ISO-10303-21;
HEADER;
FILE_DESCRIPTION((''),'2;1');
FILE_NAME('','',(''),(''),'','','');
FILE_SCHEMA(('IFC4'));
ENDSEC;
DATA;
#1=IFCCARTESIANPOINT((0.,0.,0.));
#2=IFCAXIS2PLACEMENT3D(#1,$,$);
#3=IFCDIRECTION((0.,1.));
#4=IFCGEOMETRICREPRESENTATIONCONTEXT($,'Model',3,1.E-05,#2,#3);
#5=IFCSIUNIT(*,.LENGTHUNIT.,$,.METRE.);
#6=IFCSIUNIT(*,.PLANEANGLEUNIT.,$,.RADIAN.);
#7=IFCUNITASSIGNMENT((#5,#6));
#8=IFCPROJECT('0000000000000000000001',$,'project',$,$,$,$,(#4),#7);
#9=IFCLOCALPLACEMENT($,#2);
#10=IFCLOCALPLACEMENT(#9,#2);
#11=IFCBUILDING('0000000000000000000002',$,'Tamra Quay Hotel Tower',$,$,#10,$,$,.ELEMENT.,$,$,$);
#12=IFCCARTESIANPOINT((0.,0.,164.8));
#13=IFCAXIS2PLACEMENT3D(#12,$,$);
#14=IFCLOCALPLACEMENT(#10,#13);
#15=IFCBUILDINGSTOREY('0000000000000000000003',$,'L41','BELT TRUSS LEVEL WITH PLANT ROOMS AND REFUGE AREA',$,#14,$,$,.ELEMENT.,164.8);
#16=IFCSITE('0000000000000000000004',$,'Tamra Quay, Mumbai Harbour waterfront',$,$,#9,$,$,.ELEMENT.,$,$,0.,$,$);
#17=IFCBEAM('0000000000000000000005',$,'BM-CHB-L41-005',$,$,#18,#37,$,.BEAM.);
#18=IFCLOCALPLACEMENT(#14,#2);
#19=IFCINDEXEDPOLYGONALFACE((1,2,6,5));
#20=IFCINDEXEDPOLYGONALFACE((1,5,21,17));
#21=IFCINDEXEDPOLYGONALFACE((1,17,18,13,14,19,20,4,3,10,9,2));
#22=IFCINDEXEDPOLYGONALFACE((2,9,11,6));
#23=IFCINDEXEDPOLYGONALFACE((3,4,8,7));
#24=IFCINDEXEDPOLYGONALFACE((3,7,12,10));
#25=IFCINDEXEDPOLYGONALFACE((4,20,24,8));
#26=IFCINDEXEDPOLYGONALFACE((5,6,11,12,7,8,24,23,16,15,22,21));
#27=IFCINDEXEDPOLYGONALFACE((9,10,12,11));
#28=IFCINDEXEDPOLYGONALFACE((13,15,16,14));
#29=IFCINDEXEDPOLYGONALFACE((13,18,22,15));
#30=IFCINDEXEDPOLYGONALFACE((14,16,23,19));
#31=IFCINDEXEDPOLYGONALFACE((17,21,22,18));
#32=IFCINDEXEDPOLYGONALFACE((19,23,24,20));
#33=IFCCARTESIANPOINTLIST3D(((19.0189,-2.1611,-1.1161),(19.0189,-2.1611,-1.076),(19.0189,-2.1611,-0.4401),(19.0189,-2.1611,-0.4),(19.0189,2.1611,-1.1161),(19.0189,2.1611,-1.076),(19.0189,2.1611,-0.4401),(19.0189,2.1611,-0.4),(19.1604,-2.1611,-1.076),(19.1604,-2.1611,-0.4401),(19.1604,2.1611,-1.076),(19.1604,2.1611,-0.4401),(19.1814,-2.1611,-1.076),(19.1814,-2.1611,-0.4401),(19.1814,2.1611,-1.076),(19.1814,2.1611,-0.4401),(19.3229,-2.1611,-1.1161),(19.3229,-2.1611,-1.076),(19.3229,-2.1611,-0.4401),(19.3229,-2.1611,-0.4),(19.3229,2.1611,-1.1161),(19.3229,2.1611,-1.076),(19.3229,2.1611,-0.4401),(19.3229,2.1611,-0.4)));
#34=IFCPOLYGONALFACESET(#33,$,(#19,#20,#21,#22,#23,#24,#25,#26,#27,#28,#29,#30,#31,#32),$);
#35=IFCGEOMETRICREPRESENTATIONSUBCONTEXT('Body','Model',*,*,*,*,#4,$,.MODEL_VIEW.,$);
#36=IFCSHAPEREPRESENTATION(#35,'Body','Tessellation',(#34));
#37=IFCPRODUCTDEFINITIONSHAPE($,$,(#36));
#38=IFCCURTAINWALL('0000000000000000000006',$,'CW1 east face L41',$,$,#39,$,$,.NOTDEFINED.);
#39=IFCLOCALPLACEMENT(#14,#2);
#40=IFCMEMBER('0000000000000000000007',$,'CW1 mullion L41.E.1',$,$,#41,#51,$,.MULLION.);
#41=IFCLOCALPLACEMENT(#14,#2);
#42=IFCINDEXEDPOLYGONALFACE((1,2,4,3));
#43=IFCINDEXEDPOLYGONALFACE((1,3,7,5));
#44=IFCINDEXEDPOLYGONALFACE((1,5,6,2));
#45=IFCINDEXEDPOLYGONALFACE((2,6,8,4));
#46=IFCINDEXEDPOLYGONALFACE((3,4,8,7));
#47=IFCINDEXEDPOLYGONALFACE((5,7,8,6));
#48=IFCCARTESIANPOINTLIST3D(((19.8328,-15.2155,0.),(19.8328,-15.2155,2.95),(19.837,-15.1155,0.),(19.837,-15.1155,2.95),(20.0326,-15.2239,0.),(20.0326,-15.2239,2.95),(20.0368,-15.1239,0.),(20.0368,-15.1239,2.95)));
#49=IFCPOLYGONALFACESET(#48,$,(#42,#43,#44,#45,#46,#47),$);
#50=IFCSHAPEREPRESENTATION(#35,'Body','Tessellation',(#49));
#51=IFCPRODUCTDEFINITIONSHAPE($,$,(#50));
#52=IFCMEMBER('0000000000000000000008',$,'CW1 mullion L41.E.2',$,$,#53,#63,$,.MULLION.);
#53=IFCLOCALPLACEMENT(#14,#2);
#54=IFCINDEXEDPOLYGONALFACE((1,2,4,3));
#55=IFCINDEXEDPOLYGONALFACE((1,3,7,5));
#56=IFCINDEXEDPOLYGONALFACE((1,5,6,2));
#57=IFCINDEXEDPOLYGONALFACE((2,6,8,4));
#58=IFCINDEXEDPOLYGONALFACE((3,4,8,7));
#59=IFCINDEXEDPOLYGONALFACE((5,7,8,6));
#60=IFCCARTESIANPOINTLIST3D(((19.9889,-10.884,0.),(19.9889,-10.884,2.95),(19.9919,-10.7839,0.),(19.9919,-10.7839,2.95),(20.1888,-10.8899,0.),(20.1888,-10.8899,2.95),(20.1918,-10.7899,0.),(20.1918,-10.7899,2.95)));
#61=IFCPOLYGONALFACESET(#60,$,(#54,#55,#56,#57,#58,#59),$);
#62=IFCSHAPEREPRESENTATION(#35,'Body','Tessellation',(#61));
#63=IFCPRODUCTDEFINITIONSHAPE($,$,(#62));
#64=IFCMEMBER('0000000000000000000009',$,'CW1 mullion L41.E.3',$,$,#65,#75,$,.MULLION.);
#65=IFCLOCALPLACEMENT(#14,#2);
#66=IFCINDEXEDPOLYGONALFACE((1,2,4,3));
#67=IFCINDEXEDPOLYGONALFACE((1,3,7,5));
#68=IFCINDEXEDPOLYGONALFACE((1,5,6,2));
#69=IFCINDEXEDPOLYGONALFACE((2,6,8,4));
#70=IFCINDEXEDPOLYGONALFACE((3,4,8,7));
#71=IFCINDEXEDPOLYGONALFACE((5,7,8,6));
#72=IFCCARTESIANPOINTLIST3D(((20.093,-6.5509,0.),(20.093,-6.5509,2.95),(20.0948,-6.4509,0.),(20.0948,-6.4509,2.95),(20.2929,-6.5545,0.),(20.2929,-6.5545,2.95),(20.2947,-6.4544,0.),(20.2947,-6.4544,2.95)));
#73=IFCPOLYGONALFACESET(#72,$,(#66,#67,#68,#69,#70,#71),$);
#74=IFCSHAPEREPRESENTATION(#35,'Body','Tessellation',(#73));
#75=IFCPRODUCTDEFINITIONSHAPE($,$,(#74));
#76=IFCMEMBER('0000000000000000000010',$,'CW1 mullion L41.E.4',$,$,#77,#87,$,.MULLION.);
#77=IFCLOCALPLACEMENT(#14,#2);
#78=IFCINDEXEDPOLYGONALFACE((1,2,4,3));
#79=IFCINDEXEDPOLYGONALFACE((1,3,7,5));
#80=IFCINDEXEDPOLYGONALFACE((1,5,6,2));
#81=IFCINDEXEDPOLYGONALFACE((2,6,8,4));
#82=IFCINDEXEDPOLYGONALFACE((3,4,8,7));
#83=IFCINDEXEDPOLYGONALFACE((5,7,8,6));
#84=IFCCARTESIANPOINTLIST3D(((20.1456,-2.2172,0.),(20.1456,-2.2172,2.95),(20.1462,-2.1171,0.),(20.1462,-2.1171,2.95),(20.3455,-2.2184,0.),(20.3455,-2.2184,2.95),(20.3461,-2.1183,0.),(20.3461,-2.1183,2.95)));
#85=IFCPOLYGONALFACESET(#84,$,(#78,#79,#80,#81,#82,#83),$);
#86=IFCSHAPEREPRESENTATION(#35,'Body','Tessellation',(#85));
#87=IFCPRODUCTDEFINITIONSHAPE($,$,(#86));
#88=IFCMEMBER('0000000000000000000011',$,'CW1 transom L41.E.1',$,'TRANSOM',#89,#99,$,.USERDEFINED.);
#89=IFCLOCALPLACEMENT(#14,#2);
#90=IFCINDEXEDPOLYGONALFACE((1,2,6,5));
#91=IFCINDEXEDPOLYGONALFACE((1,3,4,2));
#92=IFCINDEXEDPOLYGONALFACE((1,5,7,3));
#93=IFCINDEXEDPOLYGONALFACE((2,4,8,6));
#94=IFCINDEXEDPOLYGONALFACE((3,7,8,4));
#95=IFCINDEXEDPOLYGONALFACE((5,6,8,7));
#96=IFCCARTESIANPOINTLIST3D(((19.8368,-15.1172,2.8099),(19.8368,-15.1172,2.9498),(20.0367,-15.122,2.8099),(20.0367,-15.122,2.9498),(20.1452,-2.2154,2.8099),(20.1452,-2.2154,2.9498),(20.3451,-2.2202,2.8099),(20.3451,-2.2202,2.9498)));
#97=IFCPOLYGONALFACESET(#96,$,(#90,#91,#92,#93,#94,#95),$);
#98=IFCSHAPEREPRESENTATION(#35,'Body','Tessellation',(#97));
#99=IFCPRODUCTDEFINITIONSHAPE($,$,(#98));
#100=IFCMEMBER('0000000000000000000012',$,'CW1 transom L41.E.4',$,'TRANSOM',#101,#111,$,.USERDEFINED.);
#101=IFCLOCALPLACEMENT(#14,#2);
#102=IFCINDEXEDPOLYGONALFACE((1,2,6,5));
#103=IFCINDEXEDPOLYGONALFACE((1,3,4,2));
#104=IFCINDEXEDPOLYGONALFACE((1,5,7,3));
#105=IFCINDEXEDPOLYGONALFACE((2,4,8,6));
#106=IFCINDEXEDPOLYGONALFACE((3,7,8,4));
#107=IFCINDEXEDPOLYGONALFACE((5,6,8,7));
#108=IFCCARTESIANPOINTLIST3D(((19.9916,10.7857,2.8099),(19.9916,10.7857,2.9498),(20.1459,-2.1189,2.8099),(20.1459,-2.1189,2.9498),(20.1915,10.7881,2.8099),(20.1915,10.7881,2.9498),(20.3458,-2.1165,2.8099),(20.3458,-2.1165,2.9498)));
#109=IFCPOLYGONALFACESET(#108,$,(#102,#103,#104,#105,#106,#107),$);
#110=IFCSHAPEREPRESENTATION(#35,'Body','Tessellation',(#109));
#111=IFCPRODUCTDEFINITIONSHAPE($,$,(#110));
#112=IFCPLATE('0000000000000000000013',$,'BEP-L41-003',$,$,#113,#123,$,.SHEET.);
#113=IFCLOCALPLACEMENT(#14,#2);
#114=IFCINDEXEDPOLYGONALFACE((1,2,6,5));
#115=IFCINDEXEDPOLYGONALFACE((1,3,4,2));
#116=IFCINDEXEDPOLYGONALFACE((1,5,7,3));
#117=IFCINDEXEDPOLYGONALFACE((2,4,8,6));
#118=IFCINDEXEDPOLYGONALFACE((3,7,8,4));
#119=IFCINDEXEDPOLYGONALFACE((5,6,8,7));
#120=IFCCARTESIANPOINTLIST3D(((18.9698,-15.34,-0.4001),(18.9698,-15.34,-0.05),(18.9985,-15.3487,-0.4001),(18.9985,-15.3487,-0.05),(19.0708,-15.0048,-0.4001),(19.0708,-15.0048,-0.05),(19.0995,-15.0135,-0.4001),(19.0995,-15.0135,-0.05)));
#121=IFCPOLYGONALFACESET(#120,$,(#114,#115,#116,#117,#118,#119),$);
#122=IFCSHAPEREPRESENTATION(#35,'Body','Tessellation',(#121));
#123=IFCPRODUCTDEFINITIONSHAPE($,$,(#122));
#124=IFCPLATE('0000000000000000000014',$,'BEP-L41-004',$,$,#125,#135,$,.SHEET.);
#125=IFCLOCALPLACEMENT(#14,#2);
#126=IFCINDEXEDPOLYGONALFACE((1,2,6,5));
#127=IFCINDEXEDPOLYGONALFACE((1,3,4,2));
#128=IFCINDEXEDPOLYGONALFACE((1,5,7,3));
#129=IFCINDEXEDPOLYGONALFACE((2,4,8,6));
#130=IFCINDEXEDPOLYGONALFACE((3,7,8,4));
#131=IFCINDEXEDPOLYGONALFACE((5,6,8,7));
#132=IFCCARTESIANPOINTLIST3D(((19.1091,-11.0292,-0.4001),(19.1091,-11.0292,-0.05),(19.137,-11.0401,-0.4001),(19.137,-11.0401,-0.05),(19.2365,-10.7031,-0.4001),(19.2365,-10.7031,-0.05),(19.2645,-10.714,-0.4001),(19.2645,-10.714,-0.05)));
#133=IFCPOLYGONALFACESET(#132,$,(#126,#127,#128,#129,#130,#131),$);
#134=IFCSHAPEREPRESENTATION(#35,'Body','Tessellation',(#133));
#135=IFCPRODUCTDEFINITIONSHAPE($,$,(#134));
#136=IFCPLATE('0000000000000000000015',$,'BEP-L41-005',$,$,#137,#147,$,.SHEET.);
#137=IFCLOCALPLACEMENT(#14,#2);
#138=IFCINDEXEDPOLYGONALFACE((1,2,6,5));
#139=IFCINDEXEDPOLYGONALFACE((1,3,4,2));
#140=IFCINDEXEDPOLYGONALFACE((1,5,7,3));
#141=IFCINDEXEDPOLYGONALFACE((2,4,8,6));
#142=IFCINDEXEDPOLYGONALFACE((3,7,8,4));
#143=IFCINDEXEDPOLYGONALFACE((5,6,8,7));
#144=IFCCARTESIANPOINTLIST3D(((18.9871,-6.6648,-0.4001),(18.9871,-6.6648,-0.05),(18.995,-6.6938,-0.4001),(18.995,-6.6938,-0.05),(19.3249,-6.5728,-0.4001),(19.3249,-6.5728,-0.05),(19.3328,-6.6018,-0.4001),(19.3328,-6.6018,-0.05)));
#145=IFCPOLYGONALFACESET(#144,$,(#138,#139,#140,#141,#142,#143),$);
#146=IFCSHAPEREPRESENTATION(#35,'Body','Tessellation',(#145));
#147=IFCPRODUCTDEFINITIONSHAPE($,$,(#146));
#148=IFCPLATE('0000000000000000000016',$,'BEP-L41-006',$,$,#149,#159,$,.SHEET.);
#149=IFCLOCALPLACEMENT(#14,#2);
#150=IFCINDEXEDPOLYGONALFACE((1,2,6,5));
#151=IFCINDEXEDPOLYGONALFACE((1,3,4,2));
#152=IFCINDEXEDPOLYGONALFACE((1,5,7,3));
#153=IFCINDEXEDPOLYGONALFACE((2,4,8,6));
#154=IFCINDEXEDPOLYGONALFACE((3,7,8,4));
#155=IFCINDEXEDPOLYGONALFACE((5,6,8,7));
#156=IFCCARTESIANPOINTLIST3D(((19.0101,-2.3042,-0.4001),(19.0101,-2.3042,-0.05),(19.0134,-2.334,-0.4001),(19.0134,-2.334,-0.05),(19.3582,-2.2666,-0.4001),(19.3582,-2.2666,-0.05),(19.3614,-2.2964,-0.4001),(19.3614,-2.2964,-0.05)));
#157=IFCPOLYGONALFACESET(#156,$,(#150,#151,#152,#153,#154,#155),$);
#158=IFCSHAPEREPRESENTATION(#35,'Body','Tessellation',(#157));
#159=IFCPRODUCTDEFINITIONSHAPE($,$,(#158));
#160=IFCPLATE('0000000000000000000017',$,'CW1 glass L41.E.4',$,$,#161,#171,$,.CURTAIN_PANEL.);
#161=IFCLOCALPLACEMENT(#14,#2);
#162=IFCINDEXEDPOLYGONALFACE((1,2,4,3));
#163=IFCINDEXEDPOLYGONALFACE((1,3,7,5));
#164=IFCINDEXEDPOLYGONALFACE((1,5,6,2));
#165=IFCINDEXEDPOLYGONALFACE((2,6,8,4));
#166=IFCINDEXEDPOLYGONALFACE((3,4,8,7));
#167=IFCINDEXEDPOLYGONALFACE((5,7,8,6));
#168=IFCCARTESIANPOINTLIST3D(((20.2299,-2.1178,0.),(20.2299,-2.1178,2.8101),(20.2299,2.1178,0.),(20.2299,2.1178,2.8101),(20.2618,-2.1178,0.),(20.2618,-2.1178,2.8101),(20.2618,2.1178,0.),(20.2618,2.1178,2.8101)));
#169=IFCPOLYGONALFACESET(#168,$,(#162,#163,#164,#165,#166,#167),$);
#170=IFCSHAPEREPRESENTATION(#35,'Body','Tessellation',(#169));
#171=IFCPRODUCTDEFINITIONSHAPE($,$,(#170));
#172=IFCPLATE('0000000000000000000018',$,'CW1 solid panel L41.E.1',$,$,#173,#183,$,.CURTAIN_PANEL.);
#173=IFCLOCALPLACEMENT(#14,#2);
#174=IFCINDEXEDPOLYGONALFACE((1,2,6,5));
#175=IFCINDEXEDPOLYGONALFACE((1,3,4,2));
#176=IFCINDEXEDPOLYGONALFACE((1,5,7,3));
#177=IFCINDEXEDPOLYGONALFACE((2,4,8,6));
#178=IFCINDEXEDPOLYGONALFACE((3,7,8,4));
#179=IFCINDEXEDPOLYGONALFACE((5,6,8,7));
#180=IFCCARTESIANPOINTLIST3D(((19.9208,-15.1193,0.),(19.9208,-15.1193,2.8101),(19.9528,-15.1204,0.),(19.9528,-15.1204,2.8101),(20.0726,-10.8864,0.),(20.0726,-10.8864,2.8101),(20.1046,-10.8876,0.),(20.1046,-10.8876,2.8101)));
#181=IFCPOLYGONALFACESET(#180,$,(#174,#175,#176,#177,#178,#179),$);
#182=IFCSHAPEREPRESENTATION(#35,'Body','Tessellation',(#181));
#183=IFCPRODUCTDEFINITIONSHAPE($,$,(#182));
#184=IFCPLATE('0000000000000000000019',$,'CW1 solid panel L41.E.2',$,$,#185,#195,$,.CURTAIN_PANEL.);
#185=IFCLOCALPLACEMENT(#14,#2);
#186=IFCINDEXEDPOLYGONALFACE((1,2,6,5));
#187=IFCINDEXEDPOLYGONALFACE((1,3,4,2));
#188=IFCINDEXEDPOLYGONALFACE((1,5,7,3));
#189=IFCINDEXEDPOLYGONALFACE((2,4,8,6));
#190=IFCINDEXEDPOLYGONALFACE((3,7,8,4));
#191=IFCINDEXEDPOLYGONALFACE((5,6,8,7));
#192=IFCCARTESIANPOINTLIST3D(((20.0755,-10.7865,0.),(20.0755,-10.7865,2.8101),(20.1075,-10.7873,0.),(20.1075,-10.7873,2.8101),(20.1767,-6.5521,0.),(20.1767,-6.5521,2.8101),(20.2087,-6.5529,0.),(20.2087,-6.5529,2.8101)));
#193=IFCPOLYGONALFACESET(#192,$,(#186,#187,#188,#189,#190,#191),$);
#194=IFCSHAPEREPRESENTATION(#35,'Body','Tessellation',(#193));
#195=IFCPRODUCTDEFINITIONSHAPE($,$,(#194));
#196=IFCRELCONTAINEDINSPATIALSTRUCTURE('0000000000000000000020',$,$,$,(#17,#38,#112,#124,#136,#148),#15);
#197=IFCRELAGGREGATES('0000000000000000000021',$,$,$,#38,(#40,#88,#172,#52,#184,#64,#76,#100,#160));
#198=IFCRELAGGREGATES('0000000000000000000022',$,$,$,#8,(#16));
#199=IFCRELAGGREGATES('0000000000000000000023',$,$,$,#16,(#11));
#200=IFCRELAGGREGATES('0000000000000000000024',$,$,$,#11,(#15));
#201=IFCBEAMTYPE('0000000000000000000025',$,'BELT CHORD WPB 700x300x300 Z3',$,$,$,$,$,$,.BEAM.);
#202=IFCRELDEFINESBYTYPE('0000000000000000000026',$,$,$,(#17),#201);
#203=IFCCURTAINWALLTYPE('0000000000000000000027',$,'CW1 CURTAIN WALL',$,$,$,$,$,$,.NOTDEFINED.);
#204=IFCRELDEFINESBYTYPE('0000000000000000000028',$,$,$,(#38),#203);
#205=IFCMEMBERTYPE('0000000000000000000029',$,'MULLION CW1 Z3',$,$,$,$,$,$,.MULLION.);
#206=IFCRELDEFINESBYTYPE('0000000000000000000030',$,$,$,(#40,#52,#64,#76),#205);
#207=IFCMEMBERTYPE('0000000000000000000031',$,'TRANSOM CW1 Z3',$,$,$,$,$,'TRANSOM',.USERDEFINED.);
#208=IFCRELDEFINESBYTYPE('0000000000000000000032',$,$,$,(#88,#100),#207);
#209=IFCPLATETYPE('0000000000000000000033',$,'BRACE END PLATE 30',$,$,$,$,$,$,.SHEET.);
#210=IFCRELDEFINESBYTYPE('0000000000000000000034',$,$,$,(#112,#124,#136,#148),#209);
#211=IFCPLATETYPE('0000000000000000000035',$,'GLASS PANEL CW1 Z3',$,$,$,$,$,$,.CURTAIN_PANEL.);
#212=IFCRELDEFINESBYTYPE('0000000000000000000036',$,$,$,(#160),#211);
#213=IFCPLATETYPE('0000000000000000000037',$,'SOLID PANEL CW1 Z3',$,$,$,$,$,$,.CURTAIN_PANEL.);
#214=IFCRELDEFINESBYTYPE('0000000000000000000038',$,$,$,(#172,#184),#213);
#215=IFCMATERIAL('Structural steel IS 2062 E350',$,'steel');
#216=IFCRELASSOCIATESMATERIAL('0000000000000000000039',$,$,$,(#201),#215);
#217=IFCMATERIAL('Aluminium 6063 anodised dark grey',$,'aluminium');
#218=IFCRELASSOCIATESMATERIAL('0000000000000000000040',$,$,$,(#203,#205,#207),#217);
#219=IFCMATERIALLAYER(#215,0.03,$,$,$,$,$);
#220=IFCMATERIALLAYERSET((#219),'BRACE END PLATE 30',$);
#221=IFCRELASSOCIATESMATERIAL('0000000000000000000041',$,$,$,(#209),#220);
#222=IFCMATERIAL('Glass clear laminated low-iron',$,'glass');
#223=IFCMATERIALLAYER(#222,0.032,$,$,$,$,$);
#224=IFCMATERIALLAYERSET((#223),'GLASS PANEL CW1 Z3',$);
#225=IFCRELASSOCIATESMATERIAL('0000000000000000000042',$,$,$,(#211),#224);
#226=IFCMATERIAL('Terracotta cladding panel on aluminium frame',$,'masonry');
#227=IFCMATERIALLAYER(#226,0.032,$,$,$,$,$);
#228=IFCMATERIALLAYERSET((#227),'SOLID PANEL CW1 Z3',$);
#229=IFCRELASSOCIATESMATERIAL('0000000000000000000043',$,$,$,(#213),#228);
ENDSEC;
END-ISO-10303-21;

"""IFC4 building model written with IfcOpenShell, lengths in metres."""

from ifc_helpers import new_model, si_unit, direction, frame, origin, origin_2d, place, context, subcontext, project, spatial, rectangle, i_section, extrude, material, layer, layer_set, material_profile, profile_set, type_object, element, aggregate, save


model = new_model("IFC4")

# Units and contexts
model_context = context("Model", 3, precision=1e-05, world=origin(), true_north=direction((0.0, 1.0)))
body_context = subcontext(model_context, "Body", "Model", "MODEL_VIEW")
ifc_project = project(units=[si_unit("LENGTHUNIT", "METRE"), si_unit("PLANEANGLEUNIT", "RADIAN")], contexts=[model_context])

# Site, building, storey
site_placement = place(None, origin())
site = spatial("IfcSite", under=ifc_project, at=site_placement, Name="Tamra Quay, Mumbai Harbour waterfront", CompositionType="ELEMENT", RefElevation=0.0)
building_placement = place(site_placement, origin())
building = spatial("IfcBuilding", under=site, at=building_placement, Name="Tamra Quay Hotel Tower", CompositionType="ELEMENT")
storey_placement = place(building_placement, frame((0.0, 0.0, 164.8)))
storey = spatial("IfcBuildingStorey", under=building, at=storey_placement, Name="L41", Description="BELT TRUSS LEVEL WITH PLANT ROOMS AND REFUGE AREA", CompositionType="ELEMENT", Elevation=164.8)

# Shared definitions
ifc_material_1 = material(Name="Structural steel IS 2062 E350", Category="steel")

# Beam
ifc_material_profile_1 = material_profile(ifc_material_1, i_section(OverallWidth=0.304, OverallDepth=0.7161, WebThickness=0.021, FlangeThickness=0.04, at=origin_2d()), Name="WPB 700x300x300")
ifc_profile_set_1 = profile_set([ifc_material_profile_1], Name="Structural steel IS 2062 E350")
beam_type = type_object("IfcBeamType", Name="BELT CHORD WPB 700x300x300 Z3", PredefinedType="BEAM", material=ifc_profile_set_1)
beam_1_placement = place(storey_placement, frame((19.1709, -2.1611, -0.7581), z_axis=(0.0, 1.0, 0.0), x_axis=(-1.0, 0.0, 0.0)))
element("IfcBeam", 1, at=beam_1_placement, inside=storey, type_object=beam_type, Name="BM-CHB-L41-005", PredefinedType="BEAM", context=body_context, shape_type="SweptSolid", body=[
    extrude(i_section(OverallWidth=0.304, OverallDepth=0.7161, WebThickness=0.021, FlangeThickness=0.04, at=origin_2d()), origin(), (0.0, 0.0, 1.0), 4.3223),
])

# Curtain wall, members
ifc_material_2 = material(Name="Aluminium 6063 anodised dark grey", Category="aluminium")
curtain_wall_type = type_object("IfcCurtainWallType", Name="CW1 CURTAIN WALL", PredefinedType="NOTDEFINED", material=ifc_material_2)
curtain_wall_placement = place(storey_placement, origin())
curtain_wall = element("IfcCurtainWall", 2, at=curtain_wall_placement, inside=storey, type_object=curtain_wall_type, Name="CW1 east face L41", PredefinedType="NOTDEFINED")
ifc_material_profile_2 = material_profile(ifc_material_2, rectangle(XDim=0.2, YDim=0.1001, at=origin_2d()), Name="MULLION 100X200")
ifc_profile_set_2 = profile_set([ifc_material_profile_2], Name="Aluminium 6063 anodised dark grey")
member_type_1 = type_object("IfcMemberType", Name="MULLION CW1 Z3", PredefinedType="MULLION", material=ifc_profile_set_2)
member_1_placement = place(storey_placement, frame((19.9348, -15.1697, 0.0), z_axis=(0.0, 0.0, 1.0), x_axis=(0.999126, -0.041796, 0.0)))
member_1 = element("IfcMember", 3, at=member_1_placement, type_object=member_type_1, Name="CW1 mullion L41.E.1", PredefinedType="MULLION", context=body_context, shape_type="SweptSolid", body=[
    extrude(rectangle(XDim=0.2, YDim=0.1001, at=origin_2d()), origin(), (0.0, 0.0, 1.0), 2.95),
])
member_2_placement = place(storey_placement, frame((20.0903, -10.8369, 0.0), z_axis=(0.0, 0.0, 1.0), x_axis=(0.999554, -0.029871, 0.0)))
member_2 = element("IfcMember", 4, at=member_2_placement, type_object=member_type_1, Name="CW1 mullion L41.E.2", PredefinedType="MULLION", context=body_context, shape_type="SweptSolid", body=[
    extrude(rectangle(XDim=0.2, YDim=0.1001, at=origin_2d()), origin(), (0.0, 0.0, 1.0), 2.95),
])
member_3_placement = place(storey_placement, frame((20.1938, -6.5027, 0.0), z_axis=(0.0, 0.0, 1.0), x_axis=(0.999839, -0.017927, 0.0)))
member_3 = element("IfcMember", 5, at=member_3_placement, type_object=member_type_1, Name="CW1 mullion L41.E.3", PredefinedType="MULLION", context=body_context, shape_type="SweptSolid", body=[
    extrude(rectangle(XDim=0.2, YDim=0.1001, at=origin_2d()), origin(), (0.0, 0.0, 1.0), 2.95),
])
member_4_placement = place(storey_placement, frame((20.2458, -2.1677, 0.0), z_axis=(0.0, 0.0, 1.0), x_axis=(0.999982, -0.005979, 0.0)))
member_4 = element("IfcMember", 6, at=member_4_placement, type_object=member_type_1, Name="CW1 mullion L41.E.4", PredefinedType="MULLION", context=body_context, shape_type="SweptSolid", body=[
    extrude(rectangle(XDim=0.2, YDim=0.1001, at=origin_2d()), origin(), (0.0, 0.0, 1.0), 2.95),
])
ifc_material_profile_3 = material_profile(ifc_material_2, rectangle(XDim=0.2, YDim=0.1399, at=origin_2d()), Name="TRANSOM 200X140")
ifc_profile_set_3 = profile_set([ifc_material_profile_3], Name="Aluminium 6063 anodised dark grey")
member_type_2 = type_object("IfcMemberType", Name="TRANSOM CW1 Z3", ElementType="TRANSOM", PredefinedType="USERDEFINED", material=ifc_profile_set_3)
member_5_placement = place(storey_placement, frame((19.9368, -15.1196, 2.8799), z_axis=(0.023893, 0.999715, 0.0), x_axis=(-0.999715, 0.023893, 0.0)))
member_5 = element("IfcMember", 7, at=member_5_placement, type_object=member_type_2, Name="CW1 transom L41.E.1", ObjectType="TRANSOM", PredefinedType="USERDEFINED", context=body_context, shape_type="SweptSolid", body=[
    extrude(rectangle(XDim=0.2, YDim=0.1399, at=origin_2d()), origin(), (0.0, 0.0, 1.0), 12.9055),
])
member_6_placement = place(storey_placement, frame((20.2458, -2.1177, 2.8799), z_axis=(-0.011956, 0.999929, 0.0), x_axis=(-0.999929, -0.011956, 0.0)))
member_6 = element("IfcMember", 8, at=member_6_placement, type_object=member_type_2, Name="CW1 transom L41.E.4", ObjectType="TRANSOM", PredefinedType="USERDEFINED", context=body_context, shape_type="SweptSolid", body=[
    extrude(rectangle(XDim=0.2, YDim=0.1399, at=origin_2d()), origin(), (0.0, 0.0, 1.0), 12.9055),
])

# Plates
ifc_layer_1 = layer(ifc_material_1, 0.03)
ifc_layer_set_1 = layer_set([ifc_layer_1], Name="BRACE END PLATE 30")
plate_type_1 = type_object("IfcPlateType", Name="BRACE END PLATE 30", PredefinedType="SHEET", material=ifc_layer_set_1)
for number, where, z_axis, x_axis, name in (
    (9, (19.0347, -15.1768, -0.4001), (0.0, 0.0, 1.0), (-0.957475, 0.288515, 0.0), "BEP-L41-003"),
    (10, (19.1868, -10.8716, -0.4001), (0.0, 0.0, 1.0), (-0.931403, 0.363989, 0.0), "BEP-L41-004"),
    (11, (19.1599, -6.6333, -0.4001), (0.0, 0.0, 1.0), (-0.262646, 0.964892, 0.0), "BEP-L41-005"),
    (12, (19.1858, -2.3003, -0.4001), (0.0, 0.0, 1.0), (-0.107378, 0.994218, 0.0), "BEP-L41-006"),
):
    element("IfcPlate", number, at=place(storey_placement, frame(where, z_axis=z_axis, x_axis=x_axis)), inside=storey, type_object=plate_type_1, Name=name, PredefinedType="SHEET", context=body_context, shape_type="SweptSolid", body=[
        extrude(rectangle(XDim=0.03, YDim=0.3501, at=origin_2d()), origin(), (0.0, 0.0, 1.0), 0.3501),
    ])

# Plates
ifc_material_3 = material(Name="Glass clear laminated low-iron", Category="glass")
ifc_layer_2 = layer(ifc_material_3, 0.032)
ifc_layer_set_2 = layer_set([ifc_layer_2], Name="GLASS PANEL CW1 Z3")
plate_type_2 = type_object("IfcPlateType", Name="GLASS PANEL CW1 Z3", PredefinedType="CURTAIN_PANEL", material=ifc_layer_set_2)
plate_1_placement = place(storey_placement, frame((20.2458, 0.0, 0.0), z_axis=(0.0, 0.0, 1.0), x_axis=(0.0, 1.0, 0.0)))
plate_1 = element("IfcPlate", 13, at=plate_1_placement, type_object=plate_type_2, Name="CW1 glass L41.E.4", PredefinedType="CURTAIN_PANEL", context=body_context, shape_type="SweptSolid", body=[
    extrude(rectangle(XDim=4.2356, YDim=0.032, at=origin_2d()), origin(), (0.0, 0.0, 1.0), 2.8101),
])
ifc_material_4 = material(Name="Terracotta cladding panel on aluminium frame", Category="masonry")
ifc_layer_3 = layer(ifc_material_4, 0.032)
ifc_layer_set_3 = layer_set([ifc_layer_3], Name="SOLID PANEL CW1 Z3")
plate_type_3 = type_object("IfcPlateType", Name="SOLID PANEL CW1 Z3", PredefinedType="CURTAIN_PANEL", material=ifc_layer_set_3)
plate_2_placement = place(storey_placement, frame((20.0127, -13.0034, 0.0), z_axis=(0.0, 0.0, 1.0), x_axis=(0.035845, 0.999357, 0.0)))
plate_2 = element("IfcPlate", 14, at=plate_2_placement, type_object=plate_type_3, Name="CW1 solid panel L41.E.1", PredefinedType="CURTAIN_PANEL", context=body_context, shape_type="SweptSolid", body=[
    extrude(rectangle(XDim=4.2356, YDim=0.032, at=origin_2d()), origin(), (0.0, 0.0, 1.0), 2.8101),
])
plate_3_placement = place(storey_placement, frame((20.1421, -8.6697, 0.0), z_axis=(0.0, 0.0, 1.0), x_axis=(0.023896, 0.999714, 0.0)))
plate_3 = element("IfcPlate", 15, at=plate_3_placement, type_object=plate_type_3, Name="CW1 solid panel L41.E.2", PredefinedType="CURTAIN_PANEL", context=body_context, shape_type="SweptSolid", body=[
    extrude(rectangle(XDim=4.2356, YDim=0.032, at=origin_2d()), origin(), (0.0, 0.0, 1.0), 2.8101),
])
aggregate(curtain_wall, [member_1, member_5, plate_2, member_2, plate_3, member_3, member_4, member_6, plate_1])

save(model, "model.ifc")
